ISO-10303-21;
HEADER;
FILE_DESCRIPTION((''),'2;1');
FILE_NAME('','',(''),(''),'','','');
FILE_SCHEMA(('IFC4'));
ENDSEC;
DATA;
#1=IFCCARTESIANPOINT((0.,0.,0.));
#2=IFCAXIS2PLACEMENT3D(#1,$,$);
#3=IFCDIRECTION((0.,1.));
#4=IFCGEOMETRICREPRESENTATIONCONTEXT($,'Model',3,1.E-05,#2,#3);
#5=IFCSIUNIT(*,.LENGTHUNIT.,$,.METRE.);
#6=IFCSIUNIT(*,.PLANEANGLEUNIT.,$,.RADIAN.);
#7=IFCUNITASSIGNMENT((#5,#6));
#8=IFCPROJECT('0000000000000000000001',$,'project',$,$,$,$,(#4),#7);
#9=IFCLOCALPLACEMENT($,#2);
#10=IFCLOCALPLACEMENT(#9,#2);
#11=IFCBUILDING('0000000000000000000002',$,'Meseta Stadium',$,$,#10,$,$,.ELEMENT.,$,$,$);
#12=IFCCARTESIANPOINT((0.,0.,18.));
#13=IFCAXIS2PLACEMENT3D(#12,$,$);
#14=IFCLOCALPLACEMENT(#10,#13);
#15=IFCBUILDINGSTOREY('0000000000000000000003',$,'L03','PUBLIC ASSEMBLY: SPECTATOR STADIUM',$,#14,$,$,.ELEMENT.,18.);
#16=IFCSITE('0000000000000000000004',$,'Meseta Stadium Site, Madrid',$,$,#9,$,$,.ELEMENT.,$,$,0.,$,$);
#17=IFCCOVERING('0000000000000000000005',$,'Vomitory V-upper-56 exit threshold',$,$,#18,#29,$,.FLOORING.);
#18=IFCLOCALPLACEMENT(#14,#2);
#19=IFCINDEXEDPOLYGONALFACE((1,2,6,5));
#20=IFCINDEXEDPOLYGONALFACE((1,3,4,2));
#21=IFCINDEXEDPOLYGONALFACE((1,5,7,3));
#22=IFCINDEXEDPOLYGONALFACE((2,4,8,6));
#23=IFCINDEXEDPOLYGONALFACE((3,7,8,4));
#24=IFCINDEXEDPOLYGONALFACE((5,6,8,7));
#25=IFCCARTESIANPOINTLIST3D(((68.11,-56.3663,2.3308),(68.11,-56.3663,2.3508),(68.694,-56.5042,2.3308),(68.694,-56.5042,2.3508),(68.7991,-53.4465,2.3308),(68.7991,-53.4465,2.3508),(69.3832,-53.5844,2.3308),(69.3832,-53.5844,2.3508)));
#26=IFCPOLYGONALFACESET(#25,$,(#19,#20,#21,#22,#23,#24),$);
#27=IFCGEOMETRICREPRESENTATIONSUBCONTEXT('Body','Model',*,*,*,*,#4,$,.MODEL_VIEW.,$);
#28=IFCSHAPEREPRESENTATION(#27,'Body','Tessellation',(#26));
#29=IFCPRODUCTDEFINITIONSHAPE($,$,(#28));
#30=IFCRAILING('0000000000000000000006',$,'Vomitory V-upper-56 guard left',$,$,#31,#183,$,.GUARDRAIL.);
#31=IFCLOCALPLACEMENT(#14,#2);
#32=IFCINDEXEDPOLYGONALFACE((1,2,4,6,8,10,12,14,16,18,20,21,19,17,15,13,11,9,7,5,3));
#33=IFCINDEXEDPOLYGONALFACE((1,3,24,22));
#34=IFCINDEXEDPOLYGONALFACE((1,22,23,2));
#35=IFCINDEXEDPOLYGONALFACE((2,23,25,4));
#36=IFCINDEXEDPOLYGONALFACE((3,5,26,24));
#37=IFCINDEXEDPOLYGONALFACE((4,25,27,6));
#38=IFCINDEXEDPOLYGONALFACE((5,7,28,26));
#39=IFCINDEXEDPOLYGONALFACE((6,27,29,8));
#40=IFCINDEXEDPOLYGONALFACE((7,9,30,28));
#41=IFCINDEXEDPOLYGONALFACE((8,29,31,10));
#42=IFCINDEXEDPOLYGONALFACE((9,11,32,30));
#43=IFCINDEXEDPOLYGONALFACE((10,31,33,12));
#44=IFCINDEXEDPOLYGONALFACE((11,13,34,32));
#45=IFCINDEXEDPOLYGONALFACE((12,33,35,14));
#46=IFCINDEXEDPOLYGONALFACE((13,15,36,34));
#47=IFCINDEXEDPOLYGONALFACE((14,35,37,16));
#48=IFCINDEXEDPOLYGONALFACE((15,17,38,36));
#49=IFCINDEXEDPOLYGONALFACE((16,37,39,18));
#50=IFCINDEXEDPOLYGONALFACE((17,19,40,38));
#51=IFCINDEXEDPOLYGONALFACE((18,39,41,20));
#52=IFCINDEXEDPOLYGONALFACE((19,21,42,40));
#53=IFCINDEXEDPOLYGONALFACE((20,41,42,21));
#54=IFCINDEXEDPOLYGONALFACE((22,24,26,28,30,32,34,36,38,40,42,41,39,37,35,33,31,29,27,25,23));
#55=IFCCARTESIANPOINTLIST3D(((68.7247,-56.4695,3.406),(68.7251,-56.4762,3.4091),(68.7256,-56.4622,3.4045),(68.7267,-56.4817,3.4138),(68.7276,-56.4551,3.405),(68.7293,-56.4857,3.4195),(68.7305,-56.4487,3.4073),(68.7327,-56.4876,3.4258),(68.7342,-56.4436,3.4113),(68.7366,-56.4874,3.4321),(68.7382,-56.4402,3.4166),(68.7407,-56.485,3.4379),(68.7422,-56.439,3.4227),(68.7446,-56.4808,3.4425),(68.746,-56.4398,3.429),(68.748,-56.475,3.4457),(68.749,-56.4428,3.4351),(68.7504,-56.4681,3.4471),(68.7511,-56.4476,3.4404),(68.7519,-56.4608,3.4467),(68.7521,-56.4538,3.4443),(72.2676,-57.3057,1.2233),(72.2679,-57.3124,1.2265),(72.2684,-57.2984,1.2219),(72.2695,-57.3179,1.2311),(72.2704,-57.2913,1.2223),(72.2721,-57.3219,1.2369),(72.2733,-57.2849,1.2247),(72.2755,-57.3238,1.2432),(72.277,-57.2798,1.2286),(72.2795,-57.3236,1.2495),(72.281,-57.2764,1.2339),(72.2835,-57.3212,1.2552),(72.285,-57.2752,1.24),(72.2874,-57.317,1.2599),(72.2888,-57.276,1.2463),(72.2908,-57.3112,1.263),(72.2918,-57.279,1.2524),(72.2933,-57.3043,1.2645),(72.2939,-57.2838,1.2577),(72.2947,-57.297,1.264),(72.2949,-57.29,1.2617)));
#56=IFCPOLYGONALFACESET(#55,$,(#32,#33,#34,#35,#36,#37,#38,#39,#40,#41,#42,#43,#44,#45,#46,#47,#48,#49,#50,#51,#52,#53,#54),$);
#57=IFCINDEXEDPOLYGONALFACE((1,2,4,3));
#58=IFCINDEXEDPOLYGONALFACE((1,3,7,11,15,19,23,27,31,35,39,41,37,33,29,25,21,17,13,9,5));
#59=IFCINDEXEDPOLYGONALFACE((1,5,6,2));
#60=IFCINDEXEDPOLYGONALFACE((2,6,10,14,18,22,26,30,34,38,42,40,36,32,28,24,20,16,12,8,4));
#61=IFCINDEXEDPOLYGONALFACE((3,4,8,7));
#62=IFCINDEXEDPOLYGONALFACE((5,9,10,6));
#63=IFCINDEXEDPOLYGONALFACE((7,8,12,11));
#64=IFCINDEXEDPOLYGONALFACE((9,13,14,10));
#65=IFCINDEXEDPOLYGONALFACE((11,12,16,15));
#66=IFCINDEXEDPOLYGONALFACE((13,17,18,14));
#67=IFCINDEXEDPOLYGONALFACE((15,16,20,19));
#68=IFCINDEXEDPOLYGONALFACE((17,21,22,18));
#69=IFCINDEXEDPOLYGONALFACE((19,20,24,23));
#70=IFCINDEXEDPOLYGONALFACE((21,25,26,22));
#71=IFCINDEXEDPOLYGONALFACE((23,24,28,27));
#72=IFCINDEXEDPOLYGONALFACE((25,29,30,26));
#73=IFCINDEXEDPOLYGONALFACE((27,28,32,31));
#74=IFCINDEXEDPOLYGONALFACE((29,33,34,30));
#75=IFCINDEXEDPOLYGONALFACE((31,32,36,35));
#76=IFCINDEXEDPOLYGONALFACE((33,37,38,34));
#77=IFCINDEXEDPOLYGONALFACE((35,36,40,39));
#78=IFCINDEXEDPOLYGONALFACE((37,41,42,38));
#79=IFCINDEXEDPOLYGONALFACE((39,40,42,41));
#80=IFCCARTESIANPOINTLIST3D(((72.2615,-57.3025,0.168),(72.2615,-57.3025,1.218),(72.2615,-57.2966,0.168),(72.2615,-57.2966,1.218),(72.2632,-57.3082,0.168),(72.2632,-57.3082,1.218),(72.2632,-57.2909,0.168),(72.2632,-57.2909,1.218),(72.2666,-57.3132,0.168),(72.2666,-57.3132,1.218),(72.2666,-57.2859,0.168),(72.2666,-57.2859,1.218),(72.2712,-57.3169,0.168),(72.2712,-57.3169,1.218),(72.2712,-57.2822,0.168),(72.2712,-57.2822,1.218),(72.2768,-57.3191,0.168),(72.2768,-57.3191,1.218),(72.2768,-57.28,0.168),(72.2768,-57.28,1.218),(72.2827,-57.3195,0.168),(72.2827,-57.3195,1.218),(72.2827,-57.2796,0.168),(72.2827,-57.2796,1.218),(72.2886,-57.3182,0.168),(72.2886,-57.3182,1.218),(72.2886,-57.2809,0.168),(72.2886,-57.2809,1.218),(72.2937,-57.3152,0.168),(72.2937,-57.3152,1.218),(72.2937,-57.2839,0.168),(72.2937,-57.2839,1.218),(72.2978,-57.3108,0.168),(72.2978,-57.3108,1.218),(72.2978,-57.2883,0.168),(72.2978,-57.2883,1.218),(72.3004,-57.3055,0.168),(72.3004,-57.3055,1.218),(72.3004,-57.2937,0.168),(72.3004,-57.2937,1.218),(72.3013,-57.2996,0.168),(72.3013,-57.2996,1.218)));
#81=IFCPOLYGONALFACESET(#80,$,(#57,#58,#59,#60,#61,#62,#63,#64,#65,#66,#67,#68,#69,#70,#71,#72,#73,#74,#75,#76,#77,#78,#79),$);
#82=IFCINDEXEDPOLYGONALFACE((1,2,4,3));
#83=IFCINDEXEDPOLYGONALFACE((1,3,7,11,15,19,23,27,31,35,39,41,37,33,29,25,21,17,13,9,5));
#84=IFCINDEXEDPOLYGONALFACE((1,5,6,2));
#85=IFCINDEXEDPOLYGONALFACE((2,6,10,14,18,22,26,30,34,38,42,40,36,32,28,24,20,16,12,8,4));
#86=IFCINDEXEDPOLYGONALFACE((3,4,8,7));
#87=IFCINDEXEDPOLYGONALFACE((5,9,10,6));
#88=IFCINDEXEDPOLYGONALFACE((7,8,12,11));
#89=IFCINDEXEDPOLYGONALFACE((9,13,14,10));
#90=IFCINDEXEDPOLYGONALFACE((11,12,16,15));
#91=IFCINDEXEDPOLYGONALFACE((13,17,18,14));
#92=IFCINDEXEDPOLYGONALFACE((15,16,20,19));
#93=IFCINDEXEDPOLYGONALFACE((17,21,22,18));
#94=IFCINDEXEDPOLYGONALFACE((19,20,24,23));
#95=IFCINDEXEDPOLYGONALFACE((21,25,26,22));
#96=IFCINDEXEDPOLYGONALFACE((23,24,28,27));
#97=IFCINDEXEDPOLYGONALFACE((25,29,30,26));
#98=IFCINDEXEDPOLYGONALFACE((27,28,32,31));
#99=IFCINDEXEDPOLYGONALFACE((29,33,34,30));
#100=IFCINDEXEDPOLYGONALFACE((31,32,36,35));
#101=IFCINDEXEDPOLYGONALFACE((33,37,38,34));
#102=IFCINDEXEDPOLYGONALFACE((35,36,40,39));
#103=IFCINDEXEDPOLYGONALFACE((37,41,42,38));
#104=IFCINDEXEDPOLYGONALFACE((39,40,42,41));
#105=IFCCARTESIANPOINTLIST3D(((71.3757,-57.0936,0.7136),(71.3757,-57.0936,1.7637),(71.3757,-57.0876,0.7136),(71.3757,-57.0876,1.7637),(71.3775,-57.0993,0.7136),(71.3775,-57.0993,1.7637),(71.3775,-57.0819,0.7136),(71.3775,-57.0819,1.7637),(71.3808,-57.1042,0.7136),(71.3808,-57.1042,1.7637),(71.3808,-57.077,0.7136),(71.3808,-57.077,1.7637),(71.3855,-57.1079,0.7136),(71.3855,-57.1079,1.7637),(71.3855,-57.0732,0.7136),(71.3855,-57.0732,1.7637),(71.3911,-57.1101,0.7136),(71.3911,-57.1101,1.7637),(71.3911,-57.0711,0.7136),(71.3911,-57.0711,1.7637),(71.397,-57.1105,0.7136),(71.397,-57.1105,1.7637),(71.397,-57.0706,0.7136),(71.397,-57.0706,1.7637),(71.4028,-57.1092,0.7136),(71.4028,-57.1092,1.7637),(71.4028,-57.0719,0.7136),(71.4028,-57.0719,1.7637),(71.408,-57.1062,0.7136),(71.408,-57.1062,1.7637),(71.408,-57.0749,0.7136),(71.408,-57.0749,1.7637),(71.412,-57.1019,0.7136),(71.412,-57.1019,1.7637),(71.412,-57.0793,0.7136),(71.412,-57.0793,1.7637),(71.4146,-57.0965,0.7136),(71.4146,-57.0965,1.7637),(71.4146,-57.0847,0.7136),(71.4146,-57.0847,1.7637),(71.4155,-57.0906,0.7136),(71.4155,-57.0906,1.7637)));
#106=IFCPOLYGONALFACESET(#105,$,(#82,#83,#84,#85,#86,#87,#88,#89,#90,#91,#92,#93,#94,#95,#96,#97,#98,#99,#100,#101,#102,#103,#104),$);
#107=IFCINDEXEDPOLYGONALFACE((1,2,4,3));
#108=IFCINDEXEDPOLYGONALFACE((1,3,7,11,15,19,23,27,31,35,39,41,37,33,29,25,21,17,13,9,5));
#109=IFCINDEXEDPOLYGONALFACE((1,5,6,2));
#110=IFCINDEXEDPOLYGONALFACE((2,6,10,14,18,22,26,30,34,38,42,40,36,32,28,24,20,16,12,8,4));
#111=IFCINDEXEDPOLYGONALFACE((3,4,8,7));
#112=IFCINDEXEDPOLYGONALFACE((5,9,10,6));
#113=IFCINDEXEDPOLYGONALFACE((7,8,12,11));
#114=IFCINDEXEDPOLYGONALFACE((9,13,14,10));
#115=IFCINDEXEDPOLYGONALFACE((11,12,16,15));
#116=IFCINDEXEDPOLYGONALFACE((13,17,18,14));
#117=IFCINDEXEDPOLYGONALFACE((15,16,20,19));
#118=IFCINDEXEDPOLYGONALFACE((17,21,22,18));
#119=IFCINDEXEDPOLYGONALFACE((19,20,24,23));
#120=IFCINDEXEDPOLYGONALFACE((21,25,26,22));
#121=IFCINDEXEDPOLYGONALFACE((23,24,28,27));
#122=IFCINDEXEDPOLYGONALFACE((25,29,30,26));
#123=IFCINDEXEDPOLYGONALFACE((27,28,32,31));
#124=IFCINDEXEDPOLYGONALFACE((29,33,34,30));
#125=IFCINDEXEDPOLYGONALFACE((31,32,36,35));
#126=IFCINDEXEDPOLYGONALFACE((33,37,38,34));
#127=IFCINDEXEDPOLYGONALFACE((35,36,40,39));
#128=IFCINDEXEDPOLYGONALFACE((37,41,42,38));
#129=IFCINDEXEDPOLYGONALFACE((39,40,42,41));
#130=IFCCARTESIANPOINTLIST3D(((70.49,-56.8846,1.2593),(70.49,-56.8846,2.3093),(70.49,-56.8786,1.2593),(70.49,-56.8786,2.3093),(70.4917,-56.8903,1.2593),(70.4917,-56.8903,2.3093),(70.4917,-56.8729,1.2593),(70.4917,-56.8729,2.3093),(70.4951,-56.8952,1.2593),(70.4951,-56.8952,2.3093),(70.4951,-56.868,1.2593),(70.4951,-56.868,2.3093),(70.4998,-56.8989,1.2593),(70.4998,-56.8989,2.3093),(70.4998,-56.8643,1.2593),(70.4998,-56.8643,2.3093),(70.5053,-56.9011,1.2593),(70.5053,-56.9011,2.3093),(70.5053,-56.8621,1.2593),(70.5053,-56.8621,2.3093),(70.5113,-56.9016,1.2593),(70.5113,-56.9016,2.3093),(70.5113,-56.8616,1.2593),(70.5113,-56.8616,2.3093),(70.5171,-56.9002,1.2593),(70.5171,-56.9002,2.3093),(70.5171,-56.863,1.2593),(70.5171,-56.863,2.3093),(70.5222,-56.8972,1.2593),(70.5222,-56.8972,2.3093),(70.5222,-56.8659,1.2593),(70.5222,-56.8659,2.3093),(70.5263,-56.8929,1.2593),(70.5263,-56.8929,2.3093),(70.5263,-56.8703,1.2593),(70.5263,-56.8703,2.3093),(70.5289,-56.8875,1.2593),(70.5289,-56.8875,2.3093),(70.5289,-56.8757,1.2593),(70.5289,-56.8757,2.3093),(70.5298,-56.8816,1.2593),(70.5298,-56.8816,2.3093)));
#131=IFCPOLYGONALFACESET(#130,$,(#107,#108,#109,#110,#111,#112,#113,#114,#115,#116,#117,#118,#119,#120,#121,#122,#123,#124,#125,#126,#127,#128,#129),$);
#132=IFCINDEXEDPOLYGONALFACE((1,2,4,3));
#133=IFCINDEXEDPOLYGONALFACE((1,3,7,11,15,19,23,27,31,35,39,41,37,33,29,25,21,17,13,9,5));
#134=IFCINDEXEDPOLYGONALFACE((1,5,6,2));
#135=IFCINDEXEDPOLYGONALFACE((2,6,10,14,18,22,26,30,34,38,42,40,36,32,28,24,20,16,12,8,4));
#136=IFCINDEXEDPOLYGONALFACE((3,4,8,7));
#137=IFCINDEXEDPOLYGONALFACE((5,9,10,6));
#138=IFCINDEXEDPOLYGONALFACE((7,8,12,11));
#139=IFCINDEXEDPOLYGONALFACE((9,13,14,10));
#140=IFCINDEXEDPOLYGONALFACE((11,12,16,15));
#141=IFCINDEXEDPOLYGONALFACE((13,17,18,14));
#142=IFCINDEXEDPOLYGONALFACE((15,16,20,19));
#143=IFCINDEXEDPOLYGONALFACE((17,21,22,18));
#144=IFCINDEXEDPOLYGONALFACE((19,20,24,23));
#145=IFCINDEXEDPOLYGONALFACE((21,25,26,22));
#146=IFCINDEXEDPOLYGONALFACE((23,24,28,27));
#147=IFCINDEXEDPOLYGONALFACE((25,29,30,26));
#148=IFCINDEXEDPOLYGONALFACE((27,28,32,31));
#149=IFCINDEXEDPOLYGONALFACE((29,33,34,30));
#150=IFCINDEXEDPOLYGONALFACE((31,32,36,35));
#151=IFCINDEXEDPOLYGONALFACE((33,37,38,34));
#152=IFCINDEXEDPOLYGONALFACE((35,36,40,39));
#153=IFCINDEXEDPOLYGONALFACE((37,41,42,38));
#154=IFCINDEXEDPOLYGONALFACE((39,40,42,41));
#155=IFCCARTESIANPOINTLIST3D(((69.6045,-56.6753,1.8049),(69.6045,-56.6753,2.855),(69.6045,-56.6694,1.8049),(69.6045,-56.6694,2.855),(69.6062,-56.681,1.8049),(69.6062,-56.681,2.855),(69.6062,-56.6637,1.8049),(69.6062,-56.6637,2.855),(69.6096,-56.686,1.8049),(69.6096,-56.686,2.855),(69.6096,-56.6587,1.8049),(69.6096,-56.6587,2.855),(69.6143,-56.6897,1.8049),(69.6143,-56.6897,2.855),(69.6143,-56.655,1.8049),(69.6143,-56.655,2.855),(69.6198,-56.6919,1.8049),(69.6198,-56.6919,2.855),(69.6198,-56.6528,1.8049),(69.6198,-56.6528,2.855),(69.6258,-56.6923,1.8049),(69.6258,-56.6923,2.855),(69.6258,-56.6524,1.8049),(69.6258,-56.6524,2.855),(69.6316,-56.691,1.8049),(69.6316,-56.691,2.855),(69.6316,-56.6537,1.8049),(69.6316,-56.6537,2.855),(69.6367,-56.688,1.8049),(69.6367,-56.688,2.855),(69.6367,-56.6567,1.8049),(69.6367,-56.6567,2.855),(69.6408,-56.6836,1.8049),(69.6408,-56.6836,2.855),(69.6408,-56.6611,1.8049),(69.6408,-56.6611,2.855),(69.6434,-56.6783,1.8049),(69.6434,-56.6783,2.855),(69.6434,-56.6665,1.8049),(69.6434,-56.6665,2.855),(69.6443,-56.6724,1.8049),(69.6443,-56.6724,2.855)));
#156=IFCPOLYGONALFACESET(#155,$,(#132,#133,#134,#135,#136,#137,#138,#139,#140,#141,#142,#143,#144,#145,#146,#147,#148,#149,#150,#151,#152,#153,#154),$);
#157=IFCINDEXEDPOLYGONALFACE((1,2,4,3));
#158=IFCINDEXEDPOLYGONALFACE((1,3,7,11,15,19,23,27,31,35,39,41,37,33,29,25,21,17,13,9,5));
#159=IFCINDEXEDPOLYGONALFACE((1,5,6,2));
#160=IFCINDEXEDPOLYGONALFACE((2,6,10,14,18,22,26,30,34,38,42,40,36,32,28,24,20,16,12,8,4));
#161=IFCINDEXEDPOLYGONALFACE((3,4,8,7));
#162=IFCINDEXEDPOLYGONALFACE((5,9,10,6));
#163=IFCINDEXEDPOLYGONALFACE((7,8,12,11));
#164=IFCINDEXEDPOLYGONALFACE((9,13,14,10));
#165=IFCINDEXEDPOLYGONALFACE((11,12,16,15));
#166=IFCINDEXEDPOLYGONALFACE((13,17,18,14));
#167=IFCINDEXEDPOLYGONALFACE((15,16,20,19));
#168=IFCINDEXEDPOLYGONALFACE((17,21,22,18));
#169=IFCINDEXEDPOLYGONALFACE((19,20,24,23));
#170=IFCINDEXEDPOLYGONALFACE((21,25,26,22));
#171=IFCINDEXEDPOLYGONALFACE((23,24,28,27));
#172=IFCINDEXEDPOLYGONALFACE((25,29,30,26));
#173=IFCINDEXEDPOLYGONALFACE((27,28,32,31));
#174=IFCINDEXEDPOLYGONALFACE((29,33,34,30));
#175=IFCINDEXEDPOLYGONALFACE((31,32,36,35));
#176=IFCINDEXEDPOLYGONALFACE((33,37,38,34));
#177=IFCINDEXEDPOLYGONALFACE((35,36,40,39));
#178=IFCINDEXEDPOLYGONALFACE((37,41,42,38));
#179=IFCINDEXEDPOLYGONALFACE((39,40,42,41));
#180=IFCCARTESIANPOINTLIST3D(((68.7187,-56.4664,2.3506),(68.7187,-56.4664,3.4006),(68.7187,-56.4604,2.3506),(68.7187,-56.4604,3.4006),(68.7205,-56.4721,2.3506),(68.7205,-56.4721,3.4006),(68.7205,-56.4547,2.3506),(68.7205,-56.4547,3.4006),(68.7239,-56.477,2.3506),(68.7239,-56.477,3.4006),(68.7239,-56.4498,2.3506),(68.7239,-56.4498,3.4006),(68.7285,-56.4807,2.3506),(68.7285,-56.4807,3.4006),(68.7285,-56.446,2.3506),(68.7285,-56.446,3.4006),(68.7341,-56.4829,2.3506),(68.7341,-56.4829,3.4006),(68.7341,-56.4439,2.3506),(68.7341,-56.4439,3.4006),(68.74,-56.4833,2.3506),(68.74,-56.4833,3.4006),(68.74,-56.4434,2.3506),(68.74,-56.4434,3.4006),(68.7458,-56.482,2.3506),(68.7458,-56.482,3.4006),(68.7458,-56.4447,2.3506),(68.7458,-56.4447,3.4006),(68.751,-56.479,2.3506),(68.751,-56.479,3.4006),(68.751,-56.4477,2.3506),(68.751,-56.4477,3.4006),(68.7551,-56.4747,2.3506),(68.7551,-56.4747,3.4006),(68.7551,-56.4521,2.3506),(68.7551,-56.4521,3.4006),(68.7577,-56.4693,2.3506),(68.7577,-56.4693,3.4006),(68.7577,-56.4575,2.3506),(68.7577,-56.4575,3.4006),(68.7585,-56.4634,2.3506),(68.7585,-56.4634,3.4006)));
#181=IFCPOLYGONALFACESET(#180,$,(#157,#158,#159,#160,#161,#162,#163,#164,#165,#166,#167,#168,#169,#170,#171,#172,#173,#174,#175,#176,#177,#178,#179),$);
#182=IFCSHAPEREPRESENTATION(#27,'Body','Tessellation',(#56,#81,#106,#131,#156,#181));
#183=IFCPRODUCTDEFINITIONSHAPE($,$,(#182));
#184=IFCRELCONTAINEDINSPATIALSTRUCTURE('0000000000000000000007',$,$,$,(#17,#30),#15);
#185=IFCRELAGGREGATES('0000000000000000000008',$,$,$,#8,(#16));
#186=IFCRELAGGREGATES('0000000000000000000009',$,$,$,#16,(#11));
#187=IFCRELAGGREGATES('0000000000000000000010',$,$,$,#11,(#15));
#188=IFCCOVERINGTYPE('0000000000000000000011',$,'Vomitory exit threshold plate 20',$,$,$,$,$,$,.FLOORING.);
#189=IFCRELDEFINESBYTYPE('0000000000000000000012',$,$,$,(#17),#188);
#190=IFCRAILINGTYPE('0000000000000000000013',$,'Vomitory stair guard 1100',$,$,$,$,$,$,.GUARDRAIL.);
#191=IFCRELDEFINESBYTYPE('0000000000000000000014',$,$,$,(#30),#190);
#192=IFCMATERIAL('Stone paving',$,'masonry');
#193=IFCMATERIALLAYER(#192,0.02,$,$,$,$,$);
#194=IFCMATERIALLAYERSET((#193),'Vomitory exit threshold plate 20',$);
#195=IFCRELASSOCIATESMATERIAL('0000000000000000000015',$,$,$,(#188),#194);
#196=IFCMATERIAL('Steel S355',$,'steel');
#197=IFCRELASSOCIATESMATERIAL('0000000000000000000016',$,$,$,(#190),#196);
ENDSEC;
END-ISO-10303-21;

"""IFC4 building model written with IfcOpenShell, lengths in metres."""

from ifc_helpers import new_model, si_unit, direction, frame, origin, origin_2d, place, context, subcontext, project, spatial, rectangle, circle, extrude, material, layer, layer_set, type_object, element, save


model = new_model("IFC4")

# Units and contexts
model_context = context("Model", 3, precision=1e-05, world=origin(), true_north=direction((0.0, 1.0)))
body_context = subcontext(model_context, "Body", "Model", "MODEL_VIEW")
ifc_project = project(units=[si_unit("LENGTHUNIT", "METRE"), si_unit("PLANEANGLEUNIT", "RADIAN")], contexts=[model_context])

# Site, building, storey
site_placement = place(None, origin())
site = spatial("IfcSite", under=ifc_project, at=site_placement, Name="Meseta Stadium Site, Madrid", CompositionType="ELEMENT", RefElevation=0.0)
building_placement = place(site_placement, origin())
building = spatial("IfcBuilding", under=site, at=building_placement, Name="Meseta Stadium", CompositionType="ELEMENT")
storey_placement = place(building_placement, frame((0.0, 0.0, 18.0)))
storey = spatial("IfcBuildingStorey", under=building, at=storey_placement, Name="L03", Description="PUBLIC ASSEMBLY: SPECTATOR STADIUM", CompositionType="ELEMENT", Elevation=18.0)

# Covering
ifc_material_1 = material(Name="Stone paving", Category="masonry")
ifc_layer = layer(ifc_material_1, 0.02)
ifc_layer_set = layer_set([ifc_layer], Name="Vomitory exit threshold plate 20")
covering_type = type_object("IfcCoveringType", Name="Vomitory exit threshold plate 20", PredefinedType="FLOORING", material=ifc_layer_set)
for number, where, z_axis, x_axis, name in (
    (1, (68.7466, -54.9753, 2.3308), (0.0, 0.0, 1.0), (-0.973256, 0.229722, 0.0), "Vomitory V-upper-56 exit threshold"),
):
    element("IfcCovering", number, at=place(storey_placement, frame(where, z_axis=z_axis, x_axis=x_axis)), inside=storey, type_object=covering_type, Name=name, PredefinedType="FLOORING", context=body_context, shape_type="SweptSolid", body=[
        extrude(rectangle(XDim=0.6001, YDim=3.0, at=origin_2d()), origin(), (0.0, 0.0, 1.0), 0.02),
    ])

# Railing
ifc_material_2 = material(Name="Steel S355", Category="steel")
railing_type_1 = type_object("IfcRailingType", Name="Vomitory stair guard 1100", PredefinedType="GUARDRAIL", material=ifc_material_2)
for number, where, name in (
    (2, (72.2812, -57.2996, 0.168), "Vomitory V-upper-56 guard left"),
):
    element("IfcRailing", number, at=place(storey_placement, frame(where)), inside=storey, type_object=railing_type_1, Name=name, PredefinedType="GUARDRAIL", context=body_context, shape_type="SweptSolid", body=[
        extrude(circle(Radius=0.0249, at=origin_2d()), frame((0.0, 0.0, 1.0752), z_axis=(-0.834706, 0.197014, 0.514249), x_axis=(-0.229716, -0.973258, 0.0)), (0.0, 0.0, 1.0), 4.2444),
        extrude(circle(Radius=0.02, at=origin_2d()), origin(), (0.0, 0.0, 1.0), 1.05),
        extrude(circle(Radius=0.02, at=origin_2d()), frame((-0.8857, 0.209, 0.5457)), (0.0, 0.0, 1.0), 1.05),
        extrude(circle(Radius=0.02, at=origin_2d()), frame((-1.7715, 0.418, 1.0913)), (0.0, 0.0, 1.0), 1.05),
        extrude(circle(Radius=0.02, at=origin_2d()), frame((-2.657, 0.6272, 1.637)), (0.0, 0.0, 1.0), 1.05),
        extrude(circle(Radius=0.02, at=origin_2d()), frame((-3.5427, 0.8362, 2.1826)), (0.0, 0.0, 1.0), 1.05),
    ])

save(model, "model.ifc")
